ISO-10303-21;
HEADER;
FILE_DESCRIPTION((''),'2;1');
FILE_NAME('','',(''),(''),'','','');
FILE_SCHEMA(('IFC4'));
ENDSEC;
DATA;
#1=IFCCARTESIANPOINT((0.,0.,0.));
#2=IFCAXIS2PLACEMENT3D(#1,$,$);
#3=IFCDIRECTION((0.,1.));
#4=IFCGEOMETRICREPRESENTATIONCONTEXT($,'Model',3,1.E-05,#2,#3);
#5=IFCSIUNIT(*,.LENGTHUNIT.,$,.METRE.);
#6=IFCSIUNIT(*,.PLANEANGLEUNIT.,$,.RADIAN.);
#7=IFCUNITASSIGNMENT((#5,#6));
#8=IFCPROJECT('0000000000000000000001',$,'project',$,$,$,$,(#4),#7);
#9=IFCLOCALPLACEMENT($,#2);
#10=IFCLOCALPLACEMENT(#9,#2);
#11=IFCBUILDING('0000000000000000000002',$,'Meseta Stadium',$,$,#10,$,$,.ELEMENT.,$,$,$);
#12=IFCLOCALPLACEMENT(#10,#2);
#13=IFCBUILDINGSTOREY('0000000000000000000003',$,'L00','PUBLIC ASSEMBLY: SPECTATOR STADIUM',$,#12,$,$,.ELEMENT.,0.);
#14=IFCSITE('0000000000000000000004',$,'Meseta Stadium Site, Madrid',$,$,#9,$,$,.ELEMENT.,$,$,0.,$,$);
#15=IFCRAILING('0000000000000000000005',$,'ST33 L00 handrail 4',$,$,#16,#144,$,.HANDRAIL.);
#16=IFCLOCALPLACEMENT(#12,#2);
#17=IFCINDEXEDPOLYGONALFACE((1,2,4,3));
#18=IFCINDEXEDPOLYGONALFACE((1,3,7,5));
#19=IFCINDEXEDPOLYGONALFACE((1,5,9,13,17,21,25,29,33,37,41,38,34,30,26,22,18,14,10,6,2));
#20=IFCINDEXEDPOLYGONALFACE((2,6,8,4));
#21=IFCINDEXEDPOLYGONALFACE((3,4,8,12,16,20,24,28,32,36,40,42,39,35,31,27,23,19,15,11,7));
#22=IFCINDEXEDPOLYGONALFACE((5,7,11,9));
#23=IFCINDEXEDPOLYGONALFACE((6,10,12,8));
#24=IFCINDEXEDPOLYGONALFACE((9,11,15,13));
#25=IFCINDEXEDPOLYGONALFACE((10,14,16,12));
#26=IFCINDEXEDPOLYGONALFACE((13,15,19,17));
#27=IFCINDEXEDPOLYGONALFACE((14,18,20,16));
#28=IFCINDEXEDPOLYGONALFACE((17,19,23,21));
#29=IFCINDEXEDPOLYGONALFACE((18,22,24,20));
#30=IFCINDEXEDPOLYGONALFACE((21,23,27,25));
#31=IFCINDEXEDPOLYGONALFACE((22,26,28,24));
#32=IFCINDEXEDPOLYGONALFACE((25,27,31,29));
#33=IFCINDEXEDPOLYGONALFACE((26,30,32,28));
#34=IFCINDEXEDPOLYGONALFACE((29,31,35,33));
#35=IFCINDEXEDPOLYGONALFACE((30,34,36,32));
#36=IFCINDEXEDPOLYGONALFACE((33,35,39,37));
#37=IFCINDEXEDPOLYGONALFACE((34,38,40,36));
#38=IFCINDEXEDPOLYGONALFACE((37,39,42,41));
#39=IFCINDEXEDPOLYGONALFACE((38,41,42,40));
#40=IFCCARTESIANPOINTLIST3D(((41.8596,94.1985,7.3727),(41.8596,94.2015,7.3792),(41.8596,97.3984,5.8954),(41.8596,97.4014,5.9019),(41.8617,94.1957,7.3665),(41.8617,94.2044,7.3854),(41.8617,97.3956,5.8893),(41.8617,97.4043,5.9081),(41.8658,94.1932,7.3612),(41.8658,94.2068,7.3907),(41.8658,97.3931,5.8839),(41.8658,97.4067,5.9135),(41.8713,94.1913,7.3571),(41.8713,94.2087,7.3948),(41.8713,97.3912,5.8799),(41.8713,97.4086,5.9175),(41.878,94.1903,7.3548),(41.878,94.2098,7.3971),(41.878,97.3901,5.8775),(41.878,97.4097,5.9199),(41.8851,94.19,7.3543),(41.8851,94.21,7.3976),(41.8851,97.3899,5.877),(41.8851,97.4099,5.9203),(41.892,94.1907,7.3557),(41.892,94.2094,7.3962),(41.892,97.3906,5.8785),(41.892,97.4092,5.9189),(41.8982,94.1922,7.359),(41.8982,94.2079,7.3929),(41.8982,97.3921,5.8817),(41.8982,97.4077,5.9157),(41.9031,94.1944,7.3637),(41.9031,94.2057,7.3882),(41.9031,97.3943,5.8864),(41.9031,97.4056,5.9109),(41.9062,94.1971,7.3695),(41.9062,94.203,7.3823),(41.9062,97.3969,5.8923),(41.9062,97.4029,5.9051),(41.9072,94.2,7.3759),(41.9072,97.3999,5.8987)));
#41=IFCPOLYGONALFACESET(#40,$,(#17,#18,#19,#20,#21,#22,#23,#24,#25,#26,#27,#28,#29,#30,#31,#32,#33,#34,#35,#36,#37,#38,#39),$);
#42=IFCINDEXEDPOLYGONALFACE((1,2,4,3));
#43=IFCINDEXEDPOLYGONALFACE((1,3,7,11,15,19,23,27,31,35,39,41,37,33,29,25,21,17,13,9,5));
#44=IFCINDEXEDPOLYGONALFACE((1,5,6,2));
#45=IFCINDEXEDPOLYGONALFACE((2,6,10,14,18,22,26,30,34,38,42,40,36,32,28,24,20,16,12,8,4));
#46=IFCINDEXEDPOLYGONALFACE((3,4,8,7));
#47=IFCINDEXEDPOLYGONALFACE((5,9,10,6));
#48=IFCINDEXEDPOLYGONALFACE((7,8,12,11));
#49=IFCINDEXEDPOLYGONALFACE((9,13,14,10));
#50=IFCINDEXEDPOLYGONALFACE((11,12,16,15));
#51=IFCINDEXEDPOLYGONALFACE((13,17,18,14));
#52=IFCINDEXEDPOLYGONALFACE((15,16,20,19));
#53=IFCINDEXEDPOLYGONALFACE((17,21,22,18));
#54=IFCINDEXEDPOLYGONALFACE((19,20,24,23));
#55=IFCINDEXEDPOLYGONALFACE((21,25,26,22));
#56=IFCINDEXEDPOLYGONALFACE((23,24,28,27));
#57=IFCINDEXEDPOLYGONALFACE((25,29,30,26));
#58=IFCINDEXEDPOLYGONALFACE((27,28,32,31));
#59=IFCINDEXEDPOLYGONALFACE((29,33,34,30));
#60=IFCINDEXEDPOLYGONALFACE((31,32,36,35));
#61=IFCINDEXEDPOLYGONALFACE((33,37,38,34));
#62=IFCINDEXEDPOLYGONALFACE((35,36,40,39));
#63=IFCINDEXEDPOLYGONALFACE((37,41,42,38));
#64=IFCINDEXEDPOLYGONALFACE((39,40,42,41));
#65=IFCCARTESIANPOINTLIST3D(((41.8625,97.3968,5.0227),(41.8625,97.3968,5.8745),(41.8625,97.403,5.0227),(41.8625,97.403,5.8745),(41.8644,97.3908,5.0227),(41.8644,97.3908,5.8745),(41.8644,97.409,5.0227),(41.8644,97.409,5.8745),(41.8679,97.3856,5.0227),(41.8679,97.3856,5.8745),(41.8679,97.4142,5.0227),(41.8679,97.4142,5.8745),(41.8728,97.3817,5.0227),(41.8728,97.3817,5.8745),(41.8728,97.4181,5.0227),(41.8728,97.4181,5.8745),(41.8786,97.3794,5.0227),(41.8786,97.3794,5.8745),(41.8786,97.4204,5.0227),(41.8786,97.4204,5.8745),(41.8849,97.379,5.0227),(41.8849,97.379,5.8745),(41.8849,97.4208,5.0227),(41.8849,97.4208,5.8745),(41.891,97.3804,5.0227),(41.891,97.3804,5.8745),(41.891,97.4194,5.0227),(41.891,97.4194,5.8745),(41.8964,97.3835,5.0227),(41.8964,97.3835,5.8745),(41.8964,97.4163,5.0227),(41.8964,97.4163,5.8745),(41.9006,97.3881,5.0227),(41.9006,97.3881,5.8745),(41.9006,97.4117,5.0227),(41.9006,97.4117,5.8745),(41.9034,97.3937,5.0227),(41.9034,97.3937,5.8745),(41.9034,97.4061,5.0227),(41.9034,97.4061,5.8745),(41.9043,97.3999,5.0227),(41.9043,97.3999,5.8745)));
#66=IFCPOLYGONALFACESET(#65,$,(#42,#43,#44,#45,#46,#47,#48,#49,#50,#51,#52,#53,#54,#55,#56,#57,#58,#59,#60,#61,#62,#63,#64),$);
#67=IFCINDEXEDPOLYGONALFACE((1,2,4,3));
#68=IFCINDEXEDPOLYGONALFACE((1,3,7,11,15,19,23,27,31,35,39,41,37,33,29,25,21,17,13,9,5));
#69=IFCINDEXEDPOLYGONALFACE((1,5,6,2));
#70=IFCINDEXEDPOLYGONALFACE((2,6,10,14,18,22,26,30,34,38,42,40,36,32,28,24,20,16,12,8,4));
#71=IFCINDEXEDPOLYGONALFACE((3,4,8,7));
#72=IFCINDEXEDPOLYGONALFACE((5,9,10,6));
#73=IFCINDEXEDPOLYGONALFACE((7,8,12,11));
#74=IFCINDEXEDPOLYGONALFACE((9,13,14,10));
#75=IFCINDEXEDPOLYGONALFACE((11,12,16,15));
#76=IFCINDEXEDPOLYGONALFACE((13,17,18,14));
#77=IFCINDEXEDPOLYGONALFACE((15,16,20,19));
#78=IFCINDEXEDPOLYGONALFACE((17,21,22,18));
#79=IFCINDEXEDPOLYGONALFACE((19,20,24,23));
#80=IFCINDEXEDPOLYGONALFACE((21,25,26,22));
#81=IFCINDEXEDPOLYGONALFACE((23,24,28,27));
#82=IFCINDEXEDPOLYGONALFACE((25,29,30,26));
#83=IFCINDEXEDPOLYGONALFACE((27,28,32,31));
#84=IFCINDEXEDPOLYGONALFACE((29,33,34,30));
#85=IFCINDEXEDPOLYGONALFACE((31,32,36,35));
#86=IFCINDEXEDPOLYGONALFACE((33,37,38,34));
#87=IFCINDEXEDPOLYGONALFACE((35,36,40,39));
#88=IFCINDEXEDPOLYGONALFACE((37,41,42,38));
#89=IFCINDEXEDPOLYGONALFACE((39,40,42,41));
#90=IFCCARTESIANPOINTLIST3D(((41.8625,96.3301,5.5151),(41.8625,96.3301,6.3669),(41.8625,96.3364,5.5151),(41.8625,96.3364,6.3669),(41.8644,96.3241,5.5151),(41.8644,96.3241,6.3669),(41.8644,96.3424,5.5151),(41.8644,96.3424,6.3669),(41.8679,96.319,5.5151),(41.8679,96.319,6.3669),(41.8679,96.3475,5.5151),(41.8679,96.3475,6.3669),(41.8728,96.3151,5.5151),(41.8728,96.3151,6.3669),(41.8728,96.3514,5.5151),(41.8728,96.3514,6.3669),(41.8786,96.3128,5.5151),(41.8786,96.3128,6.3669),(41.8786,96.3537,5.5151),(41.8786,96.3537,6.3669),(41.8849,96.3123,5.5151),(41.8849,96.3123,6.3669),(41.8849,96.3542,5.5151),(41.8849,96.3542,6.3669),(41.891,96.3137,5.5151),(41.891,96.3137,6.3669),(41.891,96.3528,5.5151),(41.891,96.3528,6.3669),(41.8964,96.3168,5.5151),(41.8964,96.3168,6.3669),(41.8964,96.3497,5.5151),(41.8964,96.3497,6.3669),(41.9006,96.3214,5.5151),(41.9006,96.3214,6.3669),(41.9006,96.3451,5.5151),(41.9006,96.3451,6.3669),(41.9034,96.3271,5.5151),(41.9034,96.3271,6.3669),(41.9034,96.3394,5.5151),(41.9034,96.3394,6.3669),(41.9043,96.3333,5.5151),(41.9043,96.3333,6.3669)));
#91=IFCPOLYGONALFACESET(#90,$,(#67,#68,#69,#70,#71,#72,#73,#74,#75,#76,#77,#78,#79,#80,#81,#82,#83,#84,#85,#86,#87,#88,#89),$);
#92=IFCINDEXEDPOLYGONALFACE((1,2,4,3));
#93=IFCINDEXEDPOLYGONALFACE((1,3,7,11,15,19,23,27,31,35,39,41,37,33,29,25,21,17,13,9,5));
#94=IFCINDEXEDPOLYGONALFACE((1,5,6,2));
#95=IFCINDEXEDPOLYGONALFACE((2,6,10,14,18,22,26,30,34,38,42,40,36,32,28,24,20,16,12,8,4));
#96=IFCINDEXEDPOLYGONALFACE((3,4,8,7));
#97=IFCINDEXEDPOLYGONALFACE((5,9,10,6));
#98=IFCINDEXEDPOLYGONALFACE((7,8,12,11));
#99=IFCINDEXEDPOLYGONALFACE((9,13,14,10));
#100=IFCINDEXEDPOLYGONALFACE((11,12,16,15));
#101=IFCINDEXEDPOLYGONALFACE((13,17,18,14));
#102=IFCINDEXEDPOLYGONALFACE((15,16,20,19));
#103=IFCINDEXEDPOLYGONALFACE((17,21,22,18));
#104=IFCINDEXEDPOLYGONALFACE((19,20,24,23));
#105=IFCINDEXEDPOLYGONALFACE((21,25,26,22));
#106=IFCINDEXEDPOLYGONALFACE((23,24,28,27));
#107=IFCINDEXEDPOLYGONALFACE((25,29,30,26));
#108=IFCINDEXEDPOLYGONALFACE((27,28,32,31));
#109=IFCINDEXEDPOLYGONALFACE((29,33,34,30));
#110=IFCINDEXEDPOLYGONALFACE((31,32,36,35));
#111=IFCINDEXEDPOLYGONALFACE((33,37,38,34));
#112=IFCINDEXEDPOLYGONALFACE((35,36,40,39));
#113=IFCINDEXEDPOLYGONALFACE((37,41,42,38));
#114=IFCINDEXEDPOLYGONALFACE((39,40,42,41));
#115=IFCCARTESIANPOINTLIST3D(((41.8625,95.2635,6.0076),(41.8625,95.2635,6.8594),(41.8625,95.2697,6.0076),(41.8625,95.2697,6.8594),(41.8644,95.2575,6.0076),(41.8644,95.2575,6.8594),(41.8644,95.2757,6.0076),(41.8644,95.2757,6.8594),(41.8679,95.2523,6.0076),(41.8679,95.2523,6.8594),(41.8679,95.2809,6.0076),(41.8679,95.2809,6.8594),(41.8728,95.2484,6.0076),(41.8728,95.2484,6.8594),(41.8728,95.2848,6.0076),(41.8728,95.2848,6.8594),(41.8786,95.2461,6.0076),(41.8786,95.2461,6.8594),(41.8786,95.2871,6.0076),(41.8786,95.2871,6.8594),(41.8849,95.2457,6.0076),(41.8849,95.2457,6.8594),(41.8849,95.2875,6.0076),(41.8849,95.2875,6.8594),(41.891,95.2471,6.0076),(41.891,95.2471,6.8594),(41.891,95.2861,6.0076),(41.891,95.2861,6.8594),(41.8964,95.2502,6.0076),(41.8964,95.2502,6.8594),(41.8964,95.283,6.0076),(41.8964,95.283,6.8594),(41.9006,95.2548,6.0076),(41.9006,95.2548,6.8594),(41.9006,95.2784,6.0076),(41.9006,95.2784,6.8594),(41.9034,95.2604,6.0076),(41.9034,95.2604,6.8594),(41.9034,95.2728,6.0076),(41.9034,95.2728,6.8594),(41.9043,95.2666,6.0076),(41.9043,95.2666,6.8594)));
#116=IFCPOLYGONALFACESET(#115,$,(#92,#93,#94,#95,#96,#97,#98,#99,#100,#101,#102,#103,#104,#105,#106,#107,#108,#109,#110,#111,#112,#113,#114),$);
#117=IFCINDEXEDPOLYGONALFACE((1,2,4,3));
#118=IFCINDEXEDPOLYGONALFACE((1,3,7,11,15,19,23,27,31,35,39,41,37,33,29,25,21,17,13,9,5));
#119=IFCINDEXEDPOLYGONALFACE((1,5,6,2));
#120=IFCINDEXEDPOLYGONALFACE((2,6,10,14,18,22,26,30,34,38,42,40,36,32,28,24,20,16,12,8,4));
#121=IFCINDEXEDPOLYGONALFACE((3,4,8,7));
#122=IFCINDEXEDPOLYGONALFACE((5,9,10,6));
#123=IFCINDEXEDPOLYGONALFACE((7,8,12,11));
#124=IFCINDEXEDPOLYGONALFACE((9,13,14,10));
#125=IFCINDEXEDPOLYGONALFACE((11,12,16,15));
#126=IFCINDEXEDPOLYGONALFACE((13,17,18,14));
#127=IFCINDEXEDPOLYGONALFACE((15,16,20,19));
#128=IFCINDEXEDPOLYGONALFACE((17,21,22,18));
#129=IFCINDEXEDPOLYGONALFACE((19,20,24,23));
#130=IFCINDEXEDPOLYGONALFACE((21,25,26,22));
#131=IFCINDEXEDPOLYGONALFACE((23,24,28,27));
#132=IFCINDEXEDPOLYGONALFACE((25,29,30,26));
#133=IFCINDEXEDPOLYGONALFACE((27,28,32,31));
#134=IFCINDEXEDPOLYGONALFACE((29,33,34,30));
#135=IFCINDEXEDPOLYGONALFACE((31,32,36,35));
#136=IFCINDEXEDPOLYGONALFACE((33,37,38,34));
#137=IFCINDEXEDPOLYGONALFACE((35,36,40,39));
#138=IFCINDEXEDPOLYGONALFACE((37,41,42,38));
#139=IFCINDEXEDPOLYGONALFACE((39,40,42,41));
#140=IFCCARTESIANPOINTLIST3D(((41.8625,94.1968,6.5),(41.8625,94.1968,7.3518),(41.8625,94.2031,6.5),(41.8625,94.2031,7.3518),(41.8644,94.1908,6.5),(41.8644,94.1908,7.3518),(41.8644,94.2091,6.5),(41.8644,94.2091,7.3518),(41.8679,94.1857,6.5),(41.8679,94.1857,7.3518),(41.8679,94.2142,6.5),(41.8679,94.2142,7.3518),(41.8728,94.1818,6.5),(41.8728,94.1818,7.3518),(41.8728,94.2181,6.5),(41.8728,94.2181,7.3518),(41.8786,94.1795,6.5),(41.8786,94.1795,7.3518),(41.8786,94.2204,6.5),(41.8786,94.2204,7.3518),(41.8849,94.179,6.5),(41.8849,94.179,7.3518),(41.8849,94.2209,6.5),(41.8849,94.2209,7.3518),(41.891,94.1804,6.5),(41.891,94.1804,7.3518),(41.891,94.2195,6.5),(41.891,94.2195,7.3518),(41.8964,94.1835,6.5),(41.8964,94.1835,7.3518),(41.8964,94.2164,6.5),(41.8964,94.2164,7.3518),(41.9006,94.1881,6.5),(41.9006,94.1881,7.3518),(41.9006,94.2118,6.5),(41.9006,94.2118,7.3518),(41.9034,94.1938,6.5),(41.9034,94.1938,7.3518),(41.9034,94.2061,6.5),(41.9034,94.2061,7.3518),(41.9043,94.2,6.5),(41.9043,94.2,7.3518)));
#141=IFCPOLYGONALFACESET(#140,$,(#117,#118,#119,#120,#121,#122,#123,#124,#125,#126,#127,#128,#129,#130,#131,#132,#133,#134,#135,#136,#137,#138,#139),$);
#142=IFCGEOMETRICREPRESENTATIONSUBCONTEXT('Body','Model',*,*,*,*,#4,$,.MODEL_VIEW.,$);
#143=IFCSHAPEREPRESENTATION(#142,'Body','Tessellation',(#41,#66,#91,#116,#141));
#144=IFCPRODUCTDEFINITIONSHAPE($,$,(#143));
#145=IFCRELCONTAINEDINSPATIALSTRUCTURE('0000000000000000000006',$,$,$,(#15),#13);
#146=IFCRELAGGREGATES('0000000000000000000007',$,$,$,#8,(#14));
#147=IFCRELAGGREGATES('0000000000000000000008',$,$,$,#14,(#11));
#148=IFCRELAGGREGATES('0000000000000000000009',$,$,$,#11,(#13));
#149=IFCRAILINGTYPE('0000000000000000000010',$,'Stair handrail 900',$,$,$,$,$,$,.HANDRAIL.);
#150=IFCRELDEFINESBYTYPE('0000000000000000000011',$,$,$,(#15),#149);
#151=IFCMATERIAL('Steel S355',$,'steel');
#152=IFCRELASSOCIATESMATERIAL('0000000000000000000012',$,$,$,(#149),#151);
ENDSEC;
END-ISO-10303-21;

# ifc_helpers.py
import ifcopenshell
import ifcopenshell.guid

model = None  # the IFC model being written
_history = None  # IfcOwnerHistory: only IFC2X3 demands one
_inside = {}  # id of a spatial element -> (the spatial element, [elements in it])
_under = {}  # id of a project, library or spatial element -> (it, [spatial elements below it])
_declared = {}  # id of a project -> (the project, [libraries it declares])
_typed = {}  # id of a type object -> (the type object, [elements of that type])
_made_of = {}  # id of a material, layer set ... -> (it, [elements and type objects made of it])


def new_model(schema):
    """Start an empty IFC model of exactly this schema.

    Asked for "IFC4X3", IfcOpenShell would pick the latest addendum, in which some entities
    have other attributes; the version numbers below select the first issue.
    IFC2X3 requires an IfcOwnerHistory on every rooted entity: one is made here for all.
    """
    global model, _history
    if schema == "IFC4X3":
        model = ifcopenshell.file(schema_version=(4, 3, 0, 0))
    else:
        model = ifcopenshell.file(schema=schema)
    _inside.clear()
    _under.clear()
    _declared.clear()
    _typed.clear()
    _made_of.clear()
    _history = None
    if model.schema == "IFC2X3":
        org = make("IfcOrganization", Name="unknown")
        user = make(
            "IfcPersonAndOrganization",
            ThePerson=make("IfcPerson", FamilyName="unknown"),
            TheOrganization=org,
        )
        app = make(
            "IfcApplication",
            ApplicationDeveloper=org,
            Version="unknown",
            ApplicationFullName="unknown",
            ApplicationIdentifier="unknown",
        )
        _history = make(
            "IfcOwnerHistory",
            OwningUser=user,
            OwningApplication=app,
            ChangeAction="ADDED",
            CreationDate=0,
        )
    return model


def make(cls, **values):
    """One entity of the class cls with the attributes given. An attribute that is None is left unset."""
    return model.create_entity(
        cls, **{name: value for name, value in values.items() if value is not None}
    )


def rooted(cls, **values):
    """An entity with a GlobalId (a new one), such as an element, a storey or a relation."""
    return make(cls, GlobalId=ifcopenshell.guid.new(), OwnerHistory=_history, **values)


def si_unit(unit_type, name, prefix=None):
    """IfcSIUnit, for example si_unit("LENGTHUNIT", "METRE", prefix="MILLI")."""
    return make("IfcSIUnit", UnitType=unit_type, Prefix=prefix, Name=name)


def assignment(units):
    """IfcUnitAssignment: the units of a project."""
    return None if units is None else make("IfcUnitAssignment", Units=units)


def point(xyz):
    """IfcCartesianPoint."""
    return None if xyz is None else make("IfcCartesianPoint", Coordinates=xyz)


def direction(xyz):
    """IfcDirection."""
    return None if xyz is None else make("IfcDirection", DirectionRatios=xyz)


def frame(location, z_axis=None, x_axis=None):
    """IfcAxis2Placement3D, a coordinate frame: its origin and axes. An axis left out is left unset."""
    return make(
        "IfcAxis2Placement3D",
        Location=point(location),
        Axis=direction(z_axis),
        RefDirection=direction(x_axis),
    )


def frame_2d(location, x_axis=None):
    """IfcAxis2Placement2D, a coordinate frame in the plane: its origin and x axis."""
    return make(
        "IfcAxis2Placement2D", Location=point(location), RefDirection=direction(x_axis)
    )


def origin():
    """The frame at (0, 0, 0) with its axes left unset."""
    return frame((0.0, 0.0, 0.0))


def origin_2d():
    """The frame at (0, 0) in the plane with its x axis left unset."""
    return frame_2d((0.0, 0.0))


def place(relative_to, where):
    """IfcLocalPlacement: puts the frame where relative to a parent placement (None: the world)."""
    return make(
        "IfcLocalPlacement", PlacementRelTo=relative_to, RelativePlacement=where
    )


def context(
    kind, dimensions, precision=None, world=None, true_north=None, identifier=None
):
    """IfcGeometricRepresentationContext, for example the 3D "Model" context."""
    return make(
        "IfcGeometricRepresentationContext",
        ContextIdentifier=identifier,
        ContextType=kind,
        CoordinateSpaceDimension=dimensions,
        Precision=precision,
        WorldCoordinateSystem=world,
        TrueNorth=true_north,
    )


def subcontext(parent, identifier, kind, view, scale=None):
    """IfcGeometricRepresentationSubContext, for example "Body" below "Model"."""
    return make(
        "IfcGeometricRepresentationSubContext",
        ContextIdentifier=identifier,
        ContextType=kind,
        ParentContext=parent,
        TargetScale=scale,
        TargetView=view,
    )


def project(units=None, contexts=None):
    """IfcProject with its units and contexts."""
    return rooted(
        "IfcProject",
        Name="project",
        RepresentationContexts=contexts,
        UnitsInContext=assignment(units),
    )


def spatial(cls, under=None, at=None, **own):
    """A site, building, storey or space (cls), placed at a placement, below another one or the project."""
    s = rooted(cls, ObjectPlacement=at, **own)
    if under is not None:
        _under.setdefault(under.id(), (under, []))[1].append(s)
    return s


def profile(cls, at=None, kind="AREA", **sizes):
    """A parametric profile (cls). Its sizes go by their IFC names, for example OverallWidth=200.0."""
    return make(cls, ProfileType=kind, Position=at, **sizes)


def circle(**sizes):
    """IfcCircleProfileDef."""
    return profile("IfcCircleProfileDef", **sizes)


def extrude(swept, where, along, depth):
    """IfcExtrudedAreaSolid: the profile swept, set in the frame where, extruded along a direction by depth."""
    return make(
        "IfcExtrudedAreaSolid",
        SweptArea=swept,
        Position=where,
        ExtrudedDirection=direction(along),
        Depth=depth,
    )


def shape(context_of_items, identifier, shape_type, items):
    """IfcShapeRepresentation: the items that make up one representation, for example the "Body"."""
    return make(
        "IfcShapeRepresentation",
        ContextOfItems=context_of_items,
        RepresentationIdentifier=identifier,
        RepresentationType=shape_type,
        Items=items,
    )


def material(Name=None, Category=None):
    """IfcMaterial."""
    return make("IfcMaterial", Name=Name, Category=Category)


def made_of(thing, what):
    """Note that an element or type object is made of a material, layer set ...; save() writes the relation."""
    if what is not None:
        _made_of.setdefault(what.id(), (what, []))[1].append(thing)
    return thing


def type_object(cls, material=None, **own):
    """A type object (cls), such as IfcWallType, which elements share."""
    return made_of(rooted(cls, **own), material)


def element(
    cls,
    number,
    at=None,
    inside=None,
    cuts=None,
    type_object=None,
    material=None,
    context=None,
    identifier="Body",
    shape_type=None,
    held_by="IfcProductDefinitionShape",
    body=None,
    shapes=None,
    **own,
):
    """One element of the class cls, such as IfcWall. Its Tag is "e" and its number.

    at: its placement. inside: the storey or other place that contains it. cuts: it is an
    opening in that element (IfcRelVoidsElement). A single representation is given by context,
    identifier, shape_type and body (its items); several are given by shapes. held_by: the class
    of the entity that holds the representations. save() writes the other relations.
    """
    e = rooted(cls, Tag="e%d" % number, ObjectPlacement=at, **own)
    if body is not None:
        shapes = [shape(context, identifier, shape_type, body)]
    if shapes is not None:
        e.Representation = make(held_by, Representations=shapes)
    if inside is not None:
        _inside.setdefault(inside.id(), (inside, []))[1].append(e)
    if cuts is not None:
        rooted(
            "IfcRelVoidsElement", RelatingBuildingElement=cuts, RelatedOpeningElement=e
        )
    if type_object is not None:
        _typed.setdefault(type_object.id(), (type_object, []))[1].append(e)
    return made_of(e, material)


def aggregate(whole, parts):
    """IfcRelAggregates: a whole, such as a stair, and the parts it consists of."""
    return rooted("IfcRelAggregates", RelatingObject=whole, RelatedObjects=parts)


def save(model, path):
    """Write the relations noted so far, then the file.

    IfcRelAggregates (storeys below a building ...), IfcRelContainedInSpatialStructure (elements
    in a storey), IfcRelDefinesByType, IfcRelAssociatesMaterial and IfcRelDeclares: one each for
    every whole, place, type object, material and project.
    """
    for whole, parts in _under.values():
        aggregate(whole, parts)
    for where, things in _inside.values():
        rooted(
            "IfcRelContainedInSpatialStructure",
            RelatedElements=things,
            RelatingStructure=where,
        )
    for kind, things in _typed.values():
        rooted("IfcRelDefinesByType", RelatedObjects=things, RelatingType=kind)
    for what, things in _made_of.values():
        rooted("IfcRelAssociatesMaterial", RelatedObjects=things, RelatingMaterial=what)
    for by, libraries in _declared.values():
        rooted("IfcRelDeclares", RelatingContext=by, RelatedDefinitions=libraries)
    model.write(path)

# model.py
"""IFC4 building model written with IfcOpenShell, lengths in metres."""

from ifc_helpers import new_model, si_unit, direction, frame, origin, origin_2d, place, context, subcontext, project, spatial, circle, extrude, material, type_object, element, save


model = new_model("IFC4")

# Units and contexts
model_context = context("Model", 3, precision=1e-05, world=origin(), true_north=direction((0.0, 1.0)))
body_context = subcontext(model_context, "Body", "Model", "MODEL_VIEW")
ifc_project = project(units=[si_unit("LENGTHUNIT", "METRE"), si_unit("PLANEANGLEUNIT", "RADIAN")], contexts=[model_context])

# Site, building, storey
site_placement = place(None, origin())
site = spatial("IfcSite", under=ifc_project, at=site_placement, Name="Meseta Stadium Site, Madrid", CompositionType="ELEMENT", RefElevation=0.0)
building_placement = place(site_placement, origin())
building = spatial("IfcBuilding", under=site, at=building_placement, Name="Meseta Stadium", CompositionType="ELEMENT")
storey_placement = place(building_placement, origin())
storey = spatial("IfcBuildingStorey", under=building, at=storey_placement, Name="L00", Description="PUBLIC ASSEMBLY: SPECTATOR STADIUM", CompositionType="ELEMENT", Elevation=0.0)

# Railing
ifc_material_1 = material(Name="Steel S355", Category="steel")
railing_type_1 = type_object("IfcRailingType", Name="Stair handrail 900", PredefinedType="HANDRAIL", material=ifc_material_1)
for number, where, name in (
    (1, (41.8833, 97.3999, 5.0227), "ST33 L00 handrail 4"),
):
    element("IfcRailing", number, at=place(storey_placement, frame(where)), inside=storey, type_object=railing_type_1, Name=name, PredefinedType="HANDRAIL", context=body_context, shape_type="SweptSolid", body=[
        extrude(circle(Radius=0.0239, at=origin_2d()), frame((0.0, 0.0, 0.876), z_axis=(0.0, -0.907917, 0.41915), x_axis=(1.0, 0.0, 0.0)), (0.0, 0.0, 1.0), 3.5244),
        extrude(circle(Radius=0.021, at=origin_2d()), origin(), (0.0, 0.0, 1.0), 0.8518),
        extrude(circle(Radius=0.021, at=origin_2d()), frame((0.0, -1.0667, 0.4924)), (0.0, 0.0, 1.0), 0.8518),
        extrude(circle(Radius=0.021, at=origin_2d()), frame((0.0, -2.1333, 0.9849)), (0.0, 0.0, 1.0), 0.8518),
        extrude(circle(Radius=0.021, at=origin_2d()), frame((0.0, -3.2, 1.4773)), (0.0, 0.0, 1.0), 0.8518),
    ])

save(model, "model.ifc")
